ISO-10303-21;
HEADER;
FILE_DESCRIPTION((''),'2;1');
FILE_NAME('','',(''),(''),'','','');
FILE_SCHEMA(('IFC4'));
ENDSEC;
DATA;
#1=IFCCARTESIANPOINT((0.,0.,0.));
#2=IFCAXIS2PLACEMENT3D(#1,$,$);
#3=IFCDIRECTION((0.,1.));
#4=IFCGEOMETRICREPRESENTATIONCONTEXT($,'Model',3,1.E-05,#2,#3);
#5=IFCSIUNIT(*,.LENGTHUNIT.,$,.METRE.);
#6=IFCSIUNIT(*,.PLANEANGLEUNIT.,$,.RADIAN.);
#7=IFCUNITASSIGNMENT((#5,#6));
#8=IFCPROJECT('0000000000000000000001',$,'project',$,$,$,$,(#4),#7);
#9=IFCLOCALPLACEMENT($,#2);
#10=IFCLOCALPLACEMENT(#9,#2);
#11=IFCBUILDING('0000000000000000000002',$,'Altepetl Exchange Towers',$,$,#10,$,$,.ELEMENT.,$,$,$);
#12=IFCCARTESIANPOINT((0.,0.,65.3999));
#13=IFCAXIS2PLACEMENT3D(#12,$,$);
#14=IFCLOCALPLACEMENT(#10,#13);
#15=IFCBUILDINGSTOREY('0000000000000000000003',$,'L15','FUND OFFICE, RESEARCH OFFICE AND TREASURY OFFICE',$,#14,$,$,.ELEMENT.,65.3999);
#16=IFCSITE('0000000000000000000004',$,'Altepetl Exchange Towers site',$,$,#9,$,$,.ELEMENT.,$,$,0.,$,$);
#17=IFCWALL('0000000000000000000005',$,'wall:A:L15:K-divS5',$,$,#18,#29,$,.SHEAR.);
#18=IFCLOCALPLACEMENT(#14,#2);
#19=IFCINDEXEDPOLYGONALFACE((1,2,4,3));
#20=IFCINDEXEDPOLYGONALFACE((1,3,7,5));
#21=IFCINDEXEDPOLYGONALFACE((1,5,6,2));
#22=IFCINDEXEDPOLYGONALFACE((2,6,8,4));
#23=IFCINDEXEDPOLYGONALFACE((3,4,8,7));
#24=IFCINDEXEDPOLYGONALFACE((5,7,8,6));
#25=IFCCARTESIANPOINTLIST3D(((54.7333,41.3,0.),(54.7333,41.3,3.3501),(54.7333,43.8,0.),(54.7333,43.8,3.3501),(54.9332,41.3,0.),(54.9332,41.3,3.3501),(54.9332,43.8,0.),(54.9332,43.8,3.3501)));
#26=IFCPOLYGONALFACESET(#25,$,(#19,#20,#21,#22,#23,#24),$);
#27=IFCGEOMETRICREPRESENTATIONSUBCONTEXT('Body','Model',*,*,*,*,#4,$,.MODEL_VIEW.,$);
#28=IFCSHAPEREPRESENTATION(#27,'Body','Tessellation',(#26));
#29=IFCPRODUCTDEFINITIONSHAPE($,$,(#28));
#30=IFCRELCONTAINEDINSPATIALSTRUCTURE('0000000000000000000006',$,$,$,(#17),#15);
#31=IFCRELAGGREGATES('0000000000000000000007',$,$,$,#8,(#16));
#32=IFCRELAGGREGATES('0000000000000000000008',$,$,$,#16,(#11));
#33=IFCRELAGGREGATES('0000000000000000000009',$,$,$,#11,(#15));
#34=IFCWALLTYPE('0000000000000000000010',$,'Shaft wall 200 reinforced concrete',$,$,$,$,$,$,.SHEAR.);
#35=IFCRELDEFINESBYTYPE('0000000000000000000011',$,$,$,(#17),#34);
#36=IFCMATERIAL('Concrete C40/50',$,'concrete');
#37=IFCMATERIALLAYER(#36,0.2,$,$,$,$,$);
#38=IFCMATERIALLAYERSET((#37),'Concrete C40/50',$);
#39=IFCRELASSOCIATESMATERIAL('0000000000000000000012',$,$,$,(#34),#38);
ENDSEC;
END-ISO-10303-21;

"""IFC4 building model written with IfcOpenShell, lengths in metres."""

from ifc_helpers import new_model, si_unit, direction, frame, frame_2d, origin, place, context, subcontext, project, spatial, rectangle, extrude, material, layer, layer_set, type_object, element, save


model = new_model("IFC4")

# Units and contexts
model_context = context("Model", 3, precision=1e-05, world=origin(), true_north=direction((0.0, 1.0)))
body_context = subcontext(model_context, "Body", "Model", "MODEL_VIEW")
ifc_project = project(units=[si_unit("LENGTHUNIT", "METRE"), si_unit("PLANEANGLEUNIT", "RADIAN")], contexts=[model_context])

# Site, building, storey
site_placement = place(None, origin())
site = spatial("IfcSite", under=ifc_project, at=site_placement, Name="Altepetl Exchange Towers site", CompositionType="ELEMENT", RefElevation=0.0)
building_placement = place(site_placement, origin())
building = spatial("IfcBuilding", under=site, at=building_placement, Name="Altepetl Exchange Towers", CompositionType="ELEMENT")
storey_placement = place(building_placement, frame((0.0, 0.0, 65.3999)))
storey = spatial("IfcBuildingStorey", under=building, at=storey_placement, Name="L15", Description="FUND OFFICE, RESEARCH OFFICE AND TREASURY OFFICE", CompositionType="ELEMENT", Elevation=65.3999)

# Wall
ifc_material_1 = material(Name="Concrete C40/50", Category="concrete")
ifc_layer_1 = layer(ifc_material_1, 0.2)
ifc_layer_set_1 = layer_set([ifc_layer_1], Name="Concrete C40/50")
wall_type_1 = type_object("IfcWallType", Name="Shaft wall 200 reinforced concrete", PredefinedType="SHEAR", material=ifc_layer_set_1)
wall_1_placement = place(storey_placement, frame((54.8333, 41.3, 0.0), z_axis=(0.0, 0.0, 1.0), x_axis=(0.0, 1.0, 0.0)))
element("IfcWall", 1, at=wall_1_placement, inside=storey, type_object=wall_type_1, Name="wall:A:L15:K-divS5", PredefinedType="SHEAR", context=body_context, shape_type="SweptSolid", body=[
    extrude(rectangle(XDim=2.5, YDim=0.2, at=frame_2d((1.25, 0.0))), origin(), (0.0, 0.0, 1.0), 3.3501),
])

save(model, "model.ifc")
